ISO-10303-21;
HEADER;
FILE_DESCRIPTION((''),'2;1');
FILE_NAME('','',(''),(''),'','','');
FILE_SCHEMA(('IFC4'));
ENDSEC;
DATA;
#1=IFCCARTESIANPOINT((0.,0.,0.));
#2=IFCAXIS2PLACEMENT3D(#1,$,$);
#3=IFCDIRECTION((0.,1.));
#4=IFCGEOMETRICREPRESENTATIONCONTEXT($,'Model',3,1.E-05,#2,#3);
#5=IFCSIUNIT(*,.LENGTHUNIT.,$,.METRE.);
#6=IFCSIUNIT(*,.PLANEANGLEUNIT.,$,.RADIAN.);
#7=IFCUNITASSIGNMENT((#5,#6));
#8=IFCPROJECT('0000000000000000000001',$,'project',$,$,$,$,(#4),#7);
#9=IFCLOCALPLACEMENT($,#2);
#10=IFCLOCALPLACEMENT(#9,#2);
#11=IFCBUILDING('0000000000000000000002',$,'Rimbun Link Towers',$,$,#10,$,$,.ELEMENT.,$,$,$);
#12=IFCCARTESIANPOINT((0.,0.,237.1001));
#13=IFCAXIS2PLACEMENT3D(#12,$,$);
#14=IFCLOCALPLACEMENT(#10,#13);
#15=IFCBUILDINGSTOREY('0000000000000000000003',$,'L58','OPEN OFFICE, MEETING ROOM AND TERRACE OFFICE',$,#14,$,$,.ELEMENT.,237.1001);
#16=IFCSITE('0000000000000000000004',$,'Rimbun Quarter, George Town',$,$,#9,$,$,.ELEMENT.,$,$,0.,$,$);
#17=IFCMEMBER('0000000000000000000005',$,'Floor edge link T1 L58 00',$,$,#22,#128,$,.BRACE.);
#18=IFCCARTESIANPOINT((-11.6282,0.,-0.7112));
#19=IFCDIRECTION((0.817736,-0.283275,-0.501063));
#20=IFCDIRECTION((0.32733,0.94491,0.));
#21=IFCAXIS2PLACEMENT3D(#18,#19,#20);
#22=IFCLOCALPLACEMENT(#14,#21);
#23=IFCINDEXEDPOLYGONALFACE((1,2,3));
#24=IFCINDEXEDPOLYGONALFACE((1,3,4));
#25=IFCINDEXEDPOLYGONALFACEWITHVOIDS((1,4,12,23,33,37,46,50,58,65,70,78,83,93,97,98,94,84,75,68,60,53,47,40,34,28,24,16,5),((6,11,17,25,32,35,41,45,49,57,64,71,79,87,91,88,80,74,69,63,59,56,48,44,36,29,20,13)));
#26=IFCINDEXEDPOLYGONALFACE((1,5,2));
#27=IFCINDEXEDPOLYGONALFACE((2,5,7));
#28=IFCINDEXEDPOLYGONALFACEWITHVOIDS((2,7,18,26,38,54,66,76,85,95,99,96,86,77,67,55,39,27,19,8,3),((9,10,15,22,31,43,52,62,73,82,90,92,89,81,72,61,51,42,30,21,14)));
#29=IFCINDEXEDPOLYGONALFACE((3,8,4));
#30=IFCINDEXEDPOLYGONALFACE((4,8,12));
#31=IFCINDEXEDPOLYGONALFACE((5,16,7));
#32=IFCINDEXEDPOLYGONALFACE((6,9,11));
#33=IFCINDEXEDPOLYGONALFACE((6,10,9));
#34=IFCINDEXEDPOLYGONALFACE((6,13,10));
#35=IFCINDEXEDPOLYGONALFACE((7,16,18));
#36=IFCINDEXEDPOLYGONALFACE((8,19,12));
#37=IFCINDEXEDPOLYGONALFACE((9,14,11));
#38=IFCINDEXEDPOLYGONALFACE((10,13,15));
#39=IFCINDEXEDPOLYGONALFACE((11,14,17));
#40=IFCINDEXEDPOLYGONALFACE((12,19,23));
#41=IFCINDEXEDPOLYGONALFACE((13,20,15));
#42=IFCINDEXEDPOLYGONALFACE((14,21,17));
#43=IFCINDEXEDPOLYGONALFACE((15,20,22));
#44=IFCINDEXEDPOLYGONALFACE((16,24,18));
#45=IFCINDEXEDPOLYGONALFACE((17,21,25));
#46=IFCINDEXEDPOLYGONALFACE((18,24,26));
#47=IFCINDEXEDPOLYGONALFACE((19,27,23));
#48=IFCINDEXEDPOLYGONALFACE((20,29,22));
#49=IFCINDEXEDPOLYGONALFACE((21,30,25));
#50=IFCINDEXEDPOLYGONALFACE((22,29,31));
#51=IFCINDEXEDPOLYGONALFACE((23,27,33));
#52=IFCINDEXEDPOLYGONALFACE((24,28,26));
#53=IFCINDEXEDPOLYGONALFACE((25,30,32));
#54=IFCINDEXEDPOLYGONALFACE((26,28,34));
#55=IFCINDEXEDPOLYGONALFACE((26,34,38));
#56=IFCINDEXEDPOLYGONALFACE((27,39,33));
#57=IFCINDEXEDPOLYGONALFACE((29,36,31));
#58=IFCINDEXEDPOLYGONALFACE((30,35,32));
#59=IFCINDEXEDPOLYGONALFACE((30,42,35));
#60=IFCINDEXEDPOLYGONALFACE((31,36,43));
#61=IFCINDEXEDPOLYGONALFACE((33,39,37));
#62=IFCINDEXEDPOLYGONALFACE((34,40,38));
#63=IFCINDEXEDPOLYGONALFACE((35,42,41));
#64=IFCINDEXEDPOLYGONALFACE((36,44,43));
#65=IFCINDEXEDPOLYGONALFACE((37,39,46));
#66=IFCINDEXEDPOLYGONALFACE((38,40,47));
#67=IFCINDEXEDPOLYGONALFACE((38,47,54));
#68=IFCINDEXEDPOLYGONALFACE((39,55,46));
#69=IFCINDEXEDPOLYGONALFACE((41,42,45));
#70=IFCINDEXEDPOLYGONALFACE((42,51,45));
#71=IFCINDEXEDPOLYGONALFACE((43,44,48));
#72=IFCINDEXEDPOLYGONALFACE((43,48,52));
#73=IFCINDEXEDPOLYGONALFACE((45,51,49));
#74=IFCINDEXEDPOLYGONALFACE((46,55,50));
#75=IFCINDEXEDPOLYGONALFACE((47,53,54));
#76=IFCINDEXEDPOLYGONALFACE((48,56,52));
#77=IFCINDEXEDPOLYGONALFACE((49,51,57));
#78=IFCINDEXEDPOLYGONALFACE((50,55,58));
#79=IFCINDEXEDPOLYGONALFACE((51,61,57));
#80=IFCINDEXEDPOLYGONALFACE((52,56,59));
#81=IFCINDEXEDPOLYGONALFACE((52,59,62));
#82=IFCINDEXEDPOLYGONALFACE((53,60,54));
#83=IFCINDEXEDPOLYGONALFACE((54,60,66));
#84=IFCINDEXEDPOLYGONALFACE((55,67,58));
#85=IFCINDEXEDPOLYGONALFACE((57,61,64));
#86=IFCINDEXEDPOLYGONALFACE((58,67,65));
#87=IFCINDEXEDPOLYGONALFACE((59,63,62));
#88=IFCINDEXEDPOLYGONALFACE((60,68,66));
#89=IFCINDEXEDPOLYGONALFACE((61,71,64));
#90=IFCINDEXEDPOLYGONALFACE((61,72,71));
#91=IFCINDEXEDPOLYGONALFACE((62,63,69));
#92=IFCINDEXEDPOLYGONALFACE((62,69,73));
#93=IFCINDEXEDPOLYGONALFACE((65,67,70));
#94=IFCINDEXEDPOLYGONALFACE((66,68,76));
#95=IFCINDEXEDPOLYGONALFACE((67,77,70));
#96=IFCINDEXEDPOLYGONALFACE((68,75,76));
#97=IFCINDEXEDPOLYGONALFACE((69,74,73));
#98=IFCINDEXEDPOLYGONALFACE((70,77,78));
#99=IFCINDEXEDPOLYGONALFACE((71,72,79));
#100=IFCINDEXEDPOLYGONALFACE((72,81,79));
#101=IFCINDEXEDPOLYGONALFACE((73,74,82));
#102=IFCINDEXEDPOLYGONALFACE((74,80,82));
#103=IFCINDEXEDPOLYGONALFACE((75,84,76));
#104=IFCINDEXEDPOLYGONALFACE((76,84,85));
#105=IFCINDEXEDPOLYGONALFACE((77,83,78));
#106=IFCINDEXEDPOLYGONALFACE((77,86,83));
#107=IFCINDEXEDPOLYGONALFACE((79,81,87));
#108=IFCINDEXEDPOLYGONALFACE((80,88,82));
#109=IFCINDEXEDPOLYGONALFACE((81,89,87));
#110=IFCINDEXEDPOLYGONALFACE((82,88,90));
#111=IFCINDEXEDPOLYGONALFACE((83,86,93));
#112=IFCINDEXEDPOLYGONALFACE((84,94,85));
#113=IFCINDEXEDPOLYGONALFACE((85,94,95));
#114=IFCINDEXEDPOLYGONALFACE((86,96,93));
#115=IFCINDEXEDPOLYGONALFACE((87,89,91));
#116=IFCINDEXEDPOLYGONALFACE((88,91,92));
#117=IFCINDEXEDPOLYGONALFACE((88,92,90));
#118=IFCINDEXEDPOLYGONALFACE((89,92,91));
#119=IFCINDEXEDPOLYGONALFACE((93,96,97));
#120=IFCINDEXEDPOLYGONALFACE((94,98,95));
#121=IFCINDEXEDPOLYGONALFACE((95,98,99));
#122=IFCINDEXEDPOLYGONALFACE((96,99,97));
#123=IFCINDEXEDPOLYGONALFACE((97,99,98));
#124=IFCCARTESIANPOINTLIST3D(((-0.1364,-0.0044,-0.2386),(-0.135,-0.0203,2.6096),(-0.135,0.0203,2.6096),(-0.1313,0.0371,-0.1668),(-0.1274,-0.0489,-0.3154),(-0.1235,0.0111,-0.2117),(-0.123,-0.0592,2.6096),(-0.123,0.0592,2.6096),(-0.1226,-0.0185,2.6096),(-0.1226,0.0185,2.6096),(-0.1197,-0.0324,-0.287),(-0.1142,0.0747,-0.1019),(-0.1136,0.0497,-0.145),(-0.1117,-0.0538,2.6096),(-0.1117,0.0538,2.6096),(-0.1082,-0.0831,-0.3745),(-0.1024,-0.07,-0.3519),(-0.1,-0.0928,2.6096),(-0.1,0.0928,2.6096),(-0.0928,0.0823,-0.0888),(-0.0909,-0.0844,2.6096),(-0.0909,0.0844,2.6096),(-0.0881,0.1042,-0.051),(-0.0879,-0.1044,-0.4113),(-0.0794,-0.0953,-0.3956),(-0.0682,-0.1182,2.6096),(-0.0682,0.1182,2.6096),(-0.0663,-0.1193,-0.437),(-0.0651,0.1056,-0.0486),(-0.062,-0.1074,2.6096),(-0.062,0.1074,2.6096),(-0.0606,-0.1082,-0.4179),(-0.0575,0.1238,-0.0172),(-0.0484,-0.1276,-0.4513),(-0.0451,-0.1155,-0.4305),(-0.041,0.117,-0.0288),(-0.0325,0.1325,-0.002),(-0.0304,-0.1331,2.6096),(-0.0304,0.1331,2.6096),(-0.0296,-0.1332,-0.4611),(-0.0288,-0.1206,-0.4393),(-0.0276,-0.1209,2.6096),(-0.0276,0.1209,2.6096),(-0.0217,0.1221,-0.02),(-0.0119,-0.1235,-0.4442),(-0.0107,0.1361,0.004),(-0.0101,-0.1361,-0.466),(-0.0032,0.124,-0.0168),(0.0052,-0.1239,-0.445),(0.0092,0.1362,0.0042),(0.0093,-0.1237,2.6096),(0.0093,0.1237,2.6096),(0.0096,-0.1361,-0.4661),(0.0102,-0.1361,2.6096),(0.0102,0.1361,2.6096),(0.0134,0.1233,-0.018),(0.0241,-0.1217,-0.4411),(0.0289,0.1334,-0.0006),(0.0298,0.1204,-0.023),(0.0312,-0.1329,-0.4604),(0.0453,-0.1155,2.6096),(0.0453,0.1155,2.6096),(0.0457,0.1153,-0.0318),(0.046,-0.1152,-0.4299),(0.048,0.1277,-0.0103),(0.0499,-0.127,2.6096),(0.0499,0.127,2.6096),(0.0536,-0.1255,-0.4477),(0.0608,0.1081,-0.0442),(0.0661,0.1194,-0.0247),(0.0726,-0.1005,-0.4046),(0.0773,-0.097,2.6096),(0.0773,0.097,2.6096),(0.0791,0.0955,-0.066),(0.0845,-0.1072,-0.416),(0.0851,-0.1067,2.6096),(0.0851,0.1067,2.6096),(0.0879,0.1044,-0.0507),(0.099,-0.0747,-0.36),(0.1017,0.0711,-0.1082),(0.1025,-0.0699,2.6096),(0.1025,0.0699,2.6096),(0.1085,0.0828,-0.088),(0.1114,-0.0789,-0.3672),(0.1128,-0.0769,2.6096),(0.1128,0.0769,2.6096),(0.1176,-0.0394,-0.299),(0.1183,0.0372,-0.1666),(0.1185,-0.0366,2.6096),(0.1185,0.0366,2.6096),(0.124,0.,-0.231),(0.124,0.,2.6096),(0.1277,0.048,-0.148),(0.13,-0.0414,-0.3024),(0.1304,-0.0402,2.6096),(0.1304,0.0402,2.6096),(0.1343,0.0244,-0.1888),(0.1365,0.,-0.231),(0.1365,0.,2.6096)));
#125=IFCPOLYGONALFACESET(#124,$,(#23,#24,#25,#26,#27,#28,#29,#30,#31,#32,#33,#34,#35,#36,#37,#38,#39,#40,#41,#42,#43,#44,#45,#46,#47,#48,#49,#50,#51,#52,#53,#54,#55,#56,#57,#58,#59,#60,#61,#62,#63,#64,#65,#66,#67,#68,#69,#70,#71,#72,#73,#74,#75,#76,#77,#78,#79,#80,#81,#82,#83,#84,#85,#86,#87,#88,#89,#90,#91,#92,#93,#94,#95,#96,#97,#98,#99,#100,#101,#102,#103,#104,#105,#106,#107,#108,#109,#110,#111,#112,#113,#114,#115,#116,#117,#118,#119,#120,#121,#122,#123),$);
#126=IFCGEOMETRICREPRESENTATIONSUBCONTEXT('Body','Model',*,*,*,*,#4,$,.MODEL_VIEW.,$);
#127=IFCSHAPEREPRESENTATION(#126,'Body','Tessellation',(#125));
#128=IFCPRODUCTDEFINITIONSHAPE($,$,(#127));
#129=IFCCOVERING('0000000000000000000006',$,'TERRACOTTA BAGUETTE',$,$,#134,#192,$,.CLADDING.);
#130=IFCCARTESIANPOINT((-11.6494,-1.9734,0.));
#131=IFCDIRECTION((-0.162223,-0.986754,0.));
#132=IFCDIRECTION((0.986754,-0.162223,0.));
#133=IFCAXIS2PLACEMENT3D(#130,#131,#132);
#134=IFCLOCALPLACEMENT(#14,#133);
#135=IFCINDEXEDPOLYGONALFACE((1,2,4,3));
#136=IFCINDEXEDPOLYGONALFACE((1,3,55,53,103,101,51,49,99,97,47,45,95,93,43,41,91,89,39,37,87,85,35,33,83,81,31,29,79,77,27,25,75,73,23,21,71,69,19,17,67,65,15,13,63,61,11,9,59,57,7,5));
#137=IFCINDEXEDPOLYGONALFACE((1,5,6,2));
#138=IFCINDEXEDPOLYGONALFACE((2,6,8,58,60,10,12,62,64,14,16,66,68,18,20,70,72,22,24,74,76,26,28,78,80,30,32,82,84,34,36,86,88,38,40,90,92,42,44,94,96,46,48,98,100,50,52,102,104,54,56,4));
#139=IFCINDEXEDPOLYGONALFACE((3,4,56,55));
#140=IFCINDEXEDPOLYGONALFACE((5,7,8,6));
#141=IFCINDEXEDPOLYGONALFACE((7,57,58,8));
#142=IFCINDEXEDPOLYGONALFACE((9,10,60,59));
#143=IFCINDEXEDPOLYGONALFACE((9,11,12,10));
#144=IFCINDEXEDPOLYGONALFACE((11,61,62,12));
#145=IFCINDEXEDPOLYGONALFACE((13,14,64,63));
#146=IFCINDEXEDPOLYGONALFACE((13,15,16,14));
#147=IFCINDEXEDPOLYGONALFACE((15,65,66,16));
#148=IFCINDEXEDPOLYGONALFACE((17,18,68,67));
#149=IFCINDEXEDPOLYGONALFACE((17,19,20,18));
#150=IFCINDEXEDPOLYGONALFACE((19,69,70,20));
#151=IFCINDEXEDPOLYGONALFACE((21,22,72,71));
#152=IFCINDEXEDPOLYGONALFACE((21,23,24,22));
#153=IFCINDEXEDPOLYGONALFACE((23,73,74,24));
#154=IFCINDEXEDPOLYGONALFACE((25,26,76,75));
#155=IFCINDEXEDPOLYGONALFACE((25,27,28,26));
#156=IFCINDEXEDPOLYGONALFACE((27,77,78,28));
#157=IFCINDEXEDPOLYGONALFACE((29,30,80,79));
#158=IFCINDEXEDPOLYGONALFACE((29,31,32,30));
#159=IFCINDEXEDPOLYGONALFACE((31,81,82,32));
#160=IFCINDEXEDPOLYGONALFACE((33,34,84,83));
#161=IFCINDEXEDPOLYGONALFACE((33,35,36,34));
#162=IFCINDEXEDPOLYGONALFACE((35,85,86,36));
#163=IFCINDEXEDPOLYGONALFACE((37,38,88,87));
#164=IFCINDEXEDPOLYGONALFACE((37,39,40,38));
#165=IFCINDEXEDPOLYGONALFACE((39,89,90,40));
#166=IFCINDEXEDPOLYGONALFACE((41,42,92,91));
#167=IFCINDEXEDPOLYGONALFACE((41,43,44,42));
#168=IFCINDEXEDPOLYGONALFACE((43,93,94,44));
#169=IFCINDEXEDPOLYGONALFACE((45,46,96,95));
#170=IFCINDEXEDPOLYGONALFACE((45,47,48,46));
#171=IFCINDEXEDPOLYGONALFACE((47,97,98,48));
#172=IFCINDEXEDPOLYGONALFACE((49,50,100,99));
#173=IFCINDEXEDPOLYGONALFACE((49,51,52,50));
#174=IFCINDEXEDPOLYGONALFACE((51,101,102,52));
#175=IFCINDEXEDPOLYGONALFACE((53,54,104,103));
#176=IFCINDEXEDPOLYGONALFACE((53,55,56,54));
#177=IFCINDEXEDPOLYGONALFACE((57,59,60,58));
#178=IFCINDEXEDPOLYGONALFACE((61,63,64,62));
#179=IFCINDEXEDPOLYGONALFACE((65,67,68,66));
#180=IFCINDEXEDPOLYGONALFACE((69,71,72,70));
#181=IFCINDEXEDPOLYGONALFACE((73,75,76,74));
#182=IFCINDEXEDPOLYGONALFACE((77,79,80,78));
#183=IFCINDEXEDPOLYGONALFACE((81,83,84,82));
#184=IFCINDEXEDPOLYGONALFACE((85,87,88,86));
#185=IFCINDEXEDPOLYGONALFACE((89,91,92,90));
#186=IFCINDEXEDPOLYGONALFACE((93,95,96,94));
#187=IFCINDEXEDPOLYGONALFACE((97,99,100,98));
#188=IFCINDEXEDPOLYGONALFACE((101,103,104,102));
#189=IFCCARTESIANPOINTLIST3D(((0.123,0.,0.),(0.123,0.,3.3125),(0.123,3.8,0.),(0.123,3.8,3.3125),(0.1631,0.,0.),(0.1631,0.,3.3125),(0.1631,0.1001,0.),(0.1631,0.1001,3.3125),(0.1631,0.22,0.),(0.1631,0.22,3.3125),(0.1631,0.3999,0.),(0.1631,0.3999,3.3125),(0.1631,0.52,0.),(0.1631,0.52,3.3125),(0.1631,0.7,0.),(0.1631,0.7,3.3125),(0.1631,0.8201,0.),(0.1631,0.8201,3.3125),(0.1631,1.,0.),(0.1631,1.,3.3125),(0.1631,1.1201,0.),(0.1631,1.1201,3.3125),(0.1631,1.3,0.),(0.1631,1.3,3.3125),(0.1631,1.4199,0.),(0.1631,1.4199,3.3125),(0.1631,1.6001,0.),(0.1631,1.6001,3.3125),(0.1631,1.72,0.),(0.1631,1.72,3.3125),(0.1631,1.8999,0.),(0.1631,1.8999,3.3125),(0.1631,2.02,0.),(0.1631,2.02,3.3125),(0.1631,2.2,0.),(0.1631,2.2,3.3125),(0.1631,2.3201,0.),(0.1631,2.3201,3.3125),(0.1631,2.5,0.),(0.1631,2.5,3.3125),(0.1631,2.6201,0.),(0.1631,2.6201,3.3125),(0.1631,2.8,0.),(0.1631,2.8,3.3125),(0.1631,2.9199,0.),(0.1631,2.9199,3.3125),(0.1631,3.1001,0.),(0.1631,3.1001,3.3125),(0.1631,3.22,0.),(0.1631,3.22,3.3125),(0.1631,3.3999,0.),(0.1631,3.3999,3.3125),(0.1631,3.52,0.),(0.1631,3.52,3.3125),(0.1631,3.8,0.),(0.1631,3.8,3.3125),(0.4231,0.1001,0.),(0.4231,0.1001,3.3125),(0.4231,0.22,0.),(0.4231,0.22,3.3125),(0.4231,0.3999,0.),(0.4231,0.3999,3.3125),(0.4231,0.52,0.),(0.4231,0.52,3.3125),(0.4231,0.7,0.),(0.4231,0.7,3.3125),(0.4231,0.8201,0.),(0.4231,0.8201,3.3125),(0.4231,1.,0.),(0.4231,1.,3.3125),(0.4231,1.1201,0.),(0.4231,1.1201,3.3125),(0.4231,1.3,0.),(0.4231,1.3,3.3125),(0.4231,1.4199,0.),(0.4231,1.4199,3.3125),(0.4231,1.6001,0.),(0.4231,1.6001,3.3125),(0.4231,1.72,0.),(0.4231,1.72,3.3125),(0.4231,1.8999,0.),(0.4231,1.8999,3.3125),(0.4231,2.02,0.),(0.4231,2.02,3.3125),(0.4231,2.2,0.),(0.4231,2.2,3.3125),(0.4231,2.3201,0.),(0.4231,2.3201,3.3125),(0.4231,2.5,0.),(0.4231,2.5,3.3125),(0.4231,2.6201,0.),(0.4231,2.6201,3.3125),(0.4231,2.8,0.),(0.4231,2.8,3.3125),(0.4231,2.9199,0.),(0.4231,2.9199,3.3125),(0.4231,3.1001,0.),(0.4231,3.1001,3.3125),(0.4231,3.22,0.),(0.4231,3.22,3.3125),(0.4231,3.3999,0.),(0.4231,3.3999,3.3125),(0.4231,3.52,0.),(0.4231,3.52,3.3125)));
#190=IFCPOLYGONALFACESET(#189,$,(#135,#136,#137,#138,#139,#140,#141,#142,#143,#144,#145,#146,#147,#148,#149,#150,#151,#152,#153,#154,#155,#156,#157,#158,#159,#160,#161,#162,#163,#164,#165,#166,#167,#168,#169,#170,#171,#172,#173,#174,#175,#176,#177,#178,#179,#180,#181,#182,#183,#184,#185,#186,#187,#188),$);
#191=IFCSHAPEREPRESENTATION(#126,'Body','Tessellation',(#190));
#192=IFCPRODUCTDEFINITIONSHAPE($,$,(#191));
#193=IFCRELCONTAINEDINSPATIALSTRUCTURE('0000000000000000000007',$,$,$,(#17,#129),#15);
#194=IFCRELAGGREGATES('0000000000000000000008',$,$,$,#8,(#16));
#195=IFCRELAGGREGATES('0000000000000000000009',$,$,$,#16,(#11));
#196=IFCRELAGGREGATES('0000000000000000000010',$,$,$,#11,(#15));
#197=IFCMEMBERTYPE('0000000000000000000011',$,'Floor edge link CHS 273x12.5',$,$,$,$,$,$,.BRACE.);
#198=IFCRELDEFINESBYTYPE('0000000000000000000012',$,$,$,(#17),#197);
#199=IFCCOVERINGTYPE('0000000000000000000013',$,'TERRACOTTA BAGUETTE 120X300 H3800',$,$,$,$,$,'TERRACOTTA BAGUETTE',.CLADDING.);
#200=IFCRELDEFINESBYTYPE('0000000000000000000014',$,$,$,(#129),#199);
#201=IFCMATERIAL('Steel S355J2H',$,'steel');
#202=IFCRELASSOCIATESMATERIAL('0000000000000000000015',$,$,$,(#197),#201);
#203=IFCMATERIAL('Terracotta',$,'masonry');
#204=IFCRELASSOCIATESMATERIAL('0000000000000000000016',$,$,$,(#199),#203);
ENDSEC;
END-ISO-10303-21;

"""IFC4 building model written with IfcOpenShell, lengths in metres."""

from ifc_helpers import new_model, si_unit, direction, frame, origin, origin_2d, place, context, subcontext, project, spatial, polyline, hollow_circle, outline, extrude, clip, halfspace, material, material_profile, profile_set, type_object, element, save


model = new_model("IFC4")

# Units and contexts
model_context = context("Model", 3, precision=1e-05, world=origin(), true_north=direction((0.0, 1.0)))
body_context = subcontext(model_context, "Body", "Model", "MODEL_VIEW")
ifc_project = project(units=[si_unit("LENGTHUNIT", "METRE"), si_unit("PLANEANGLEUNIT", "RADIAN")], contexts=[model_context])

# Site, building, storey
site_placement = place(None, origin())
site = spatial("IfcSite", under=ifc_project, at=site_placement, Name="Rimbun Quarter, George Town", CompositionType="ELEMENT", RefElevation=0.0)
building_placement = place(site_placement, origin())
building = spatial("IfcBuilding", under=site, at=building_placement, Name="Rimbun Link Towers", CompositionType="ELEMENT")
storey_placement = place(building_placement, frame((0.0, 0.0, 237.1001)))
storey = spatial("IfcBuildingStorey", under=building, at=storey_placement, Name="L58", Description="OPEN OFFICE, MEETING ROOM AND TERRACE OFFICE", CompositionType="ELEMENT", Elevation=237.1001)

# Member
ifc_material_1 = material(Name="Steel S355J2H", Category="steel")
ifc_material_profile_1 = material_profile(ifc_material_1, hollow_circle(Radius=0.1365, WallThickness=0.0125, at=origin_2d()), Name="CHS 273x12.5")
ifc_profile_set_1 = profile_set([ifc_material_profile_1], Name="Steel S355J2H")
member_type_1 = type_object("IfcMemberType", Name="Floor edge link CHS 273x12.5", PredefinedType="BRACE", material=ifc_profile_set_1)
member_1_placement = place(storey_placement, frame((-11.6282, 0.0, -0.7112), z_axis=(0.817736, -0.283275, -0.501063), x_axis=(0.32733, 0.94491, 0.0)))
element("IfcMember", 1, at=member_1_placement, inside=storey, type_object=member_type_1, Name="Floor edge link T1 L58 00", PredefinedType="BRACE", context=body_context, shape_type="Clipping", body=[
    clip(extrude(hollow_circle(Radius=0.1365, WallThickness=0.0125, at=origin_2d()), frame((0.0, 0.0, -0.4915)), (0.0, 0.0, 1.0), 3.1011), halfspace(frame((0.0, 0.0, -0.231), z_axis=(0.0, 0.865411, -0.501063)), False)),
])

# Covering
ifc_material_2 = material(Name="Terracotta", Category="masonry")
ifc_material_profile_2 = material_profile(ifc_material_2, outline(polyline([(0.123, 0.0), (0.1631, 0.0), (0.1631, 0.1001), (0.4231, 0.1001), (0.4231, 0.22), (0.1631, 0.22), (0.1631, 0.3999), (0.4231, 0.3999), (0.4231, 0.52), (0.1631, 0.52), (0.1631, 0.7), (0.4231, 0.7), (0.4231, 0.8201), (0.1631, 0.8201), (0.1631, 1.0), (0.4231, 1.0), (0.4231, 1.1201), (0.1631, 1.1201), (0.1631, 1.3), (0.4231, 1.3), (0.4231, 1.4199), (0.1631, 1.4199), (0.1631, 1.6001), (0.4231, 1.6001), (0.4231, 1.72), (0.1631, 1.72), (0.1631, 1.8999), (0.4231, 1.8999), (0.4231, 2.02), (0.1631, 2.02), (0.1631, 2.2), (0.4231, 2.2), (0.4231, 2.3201), (0.1631, 2.3201), (0.1631, 2.5), (0.4231, 2.5), (0.4231, 2.6201), (0.1631, 2.6201), (0.1631, 2.8), (0.4231, 2.8), (0.4231, 2.9199), (0.1631, 2.9199), (0.1631, 3.1001), (0.4231, 3.1001), (0.4231, 3.22), (0.1631, 3.22), (0.1631, 3.3999), (0.4231, 3.3999), (0.4231, 3.52), (0.1631, 3.52), (0.1631, 3.8), (0.123, 3.8), (0.123, 0.0)])), Name="BAGUETTE 120X300")
ifc_profile_set_2 = profile_set([ifc_material_profile_2], Name="Terracotta")
covering_type = type_object("IfcCoveringType", Name="TERRACOTTA BAGUETTE 120X300 H3800", ElementType="TERRACOTTA BAGUETTE", PredefinedType="CLADDING", material=ifc_profile_set_2)
covering_placement = place(storey_placement, frame((-11.6494, -1.9734, 0.0), z_axis=(-0.162223, -0.986754, 0.0), x_axis=(0.986754, -0.162223, 0.0)))
element("IfcCovering", 2, at=covering_placement, inside=storey, type_object=covering_type, Name="TERRACOTTA BAGUETTE", PredefinedType="CLADDING", context=body_context, shape_type="SweptSolid", body=[
    extrude(outline(polyline([(0.123, 0.0), (0.1631, 0.0), (0.1631, 0.1001), (0.4231, 0.1001), (0.4231, 0.22), (0.1631, 0.22), (0.1631, 0.3999), (0.4231, 0.3999), (0.4231, 0.52), (0.1631, 0.52), (0.1631, 0.7), (0.4231, 0.7), (0.4231, 0.8201), (0.1631, 0.8201), (0.1631, 1.0), (0.4231, 1.0), (0.4231, 1.1201), (0.1631, 1.1201), (0.1631, 1.3), (0.4231, 1.3), (0.4231, 1.4199), (0.1631, 1.4199), (0.1631, 1.6001), (0.4231, 1.6001), (0.4231, 1.72), (0.1631, 1.72), (0.1631, 1.8999), (0.4231, 1.8999), (0.4231, 2.02), (0.1631, 2.02), (0.1631, 2.2), (0.4231, 2.2), (0.4231, 2.3201), (0.1631, 2.3201), (0.1631, 2.5), (0.4231, 2.5), (0.4231, 2.6201), (0.1631, 2.6201), (0.1631, 2.8), (0.4231, 2.8), (0.4231, 2.9199), (0.1631, 2.9199), (0.1631, 3.1001), (0.4231, 3.1001), (0.4231, 3.22), (0.1631, 3.22), (0.1631, 3.3999), (0.4231, 3.3999), (0.4231, 3.52), (0.1631, 3.52), (0.1631, 3.8), (0.123, 3.8), (0.123, 0.0)])), origin(), (0.0, 0.0, 1.0), 3.3125),
])

save(model, "model.ifc")
